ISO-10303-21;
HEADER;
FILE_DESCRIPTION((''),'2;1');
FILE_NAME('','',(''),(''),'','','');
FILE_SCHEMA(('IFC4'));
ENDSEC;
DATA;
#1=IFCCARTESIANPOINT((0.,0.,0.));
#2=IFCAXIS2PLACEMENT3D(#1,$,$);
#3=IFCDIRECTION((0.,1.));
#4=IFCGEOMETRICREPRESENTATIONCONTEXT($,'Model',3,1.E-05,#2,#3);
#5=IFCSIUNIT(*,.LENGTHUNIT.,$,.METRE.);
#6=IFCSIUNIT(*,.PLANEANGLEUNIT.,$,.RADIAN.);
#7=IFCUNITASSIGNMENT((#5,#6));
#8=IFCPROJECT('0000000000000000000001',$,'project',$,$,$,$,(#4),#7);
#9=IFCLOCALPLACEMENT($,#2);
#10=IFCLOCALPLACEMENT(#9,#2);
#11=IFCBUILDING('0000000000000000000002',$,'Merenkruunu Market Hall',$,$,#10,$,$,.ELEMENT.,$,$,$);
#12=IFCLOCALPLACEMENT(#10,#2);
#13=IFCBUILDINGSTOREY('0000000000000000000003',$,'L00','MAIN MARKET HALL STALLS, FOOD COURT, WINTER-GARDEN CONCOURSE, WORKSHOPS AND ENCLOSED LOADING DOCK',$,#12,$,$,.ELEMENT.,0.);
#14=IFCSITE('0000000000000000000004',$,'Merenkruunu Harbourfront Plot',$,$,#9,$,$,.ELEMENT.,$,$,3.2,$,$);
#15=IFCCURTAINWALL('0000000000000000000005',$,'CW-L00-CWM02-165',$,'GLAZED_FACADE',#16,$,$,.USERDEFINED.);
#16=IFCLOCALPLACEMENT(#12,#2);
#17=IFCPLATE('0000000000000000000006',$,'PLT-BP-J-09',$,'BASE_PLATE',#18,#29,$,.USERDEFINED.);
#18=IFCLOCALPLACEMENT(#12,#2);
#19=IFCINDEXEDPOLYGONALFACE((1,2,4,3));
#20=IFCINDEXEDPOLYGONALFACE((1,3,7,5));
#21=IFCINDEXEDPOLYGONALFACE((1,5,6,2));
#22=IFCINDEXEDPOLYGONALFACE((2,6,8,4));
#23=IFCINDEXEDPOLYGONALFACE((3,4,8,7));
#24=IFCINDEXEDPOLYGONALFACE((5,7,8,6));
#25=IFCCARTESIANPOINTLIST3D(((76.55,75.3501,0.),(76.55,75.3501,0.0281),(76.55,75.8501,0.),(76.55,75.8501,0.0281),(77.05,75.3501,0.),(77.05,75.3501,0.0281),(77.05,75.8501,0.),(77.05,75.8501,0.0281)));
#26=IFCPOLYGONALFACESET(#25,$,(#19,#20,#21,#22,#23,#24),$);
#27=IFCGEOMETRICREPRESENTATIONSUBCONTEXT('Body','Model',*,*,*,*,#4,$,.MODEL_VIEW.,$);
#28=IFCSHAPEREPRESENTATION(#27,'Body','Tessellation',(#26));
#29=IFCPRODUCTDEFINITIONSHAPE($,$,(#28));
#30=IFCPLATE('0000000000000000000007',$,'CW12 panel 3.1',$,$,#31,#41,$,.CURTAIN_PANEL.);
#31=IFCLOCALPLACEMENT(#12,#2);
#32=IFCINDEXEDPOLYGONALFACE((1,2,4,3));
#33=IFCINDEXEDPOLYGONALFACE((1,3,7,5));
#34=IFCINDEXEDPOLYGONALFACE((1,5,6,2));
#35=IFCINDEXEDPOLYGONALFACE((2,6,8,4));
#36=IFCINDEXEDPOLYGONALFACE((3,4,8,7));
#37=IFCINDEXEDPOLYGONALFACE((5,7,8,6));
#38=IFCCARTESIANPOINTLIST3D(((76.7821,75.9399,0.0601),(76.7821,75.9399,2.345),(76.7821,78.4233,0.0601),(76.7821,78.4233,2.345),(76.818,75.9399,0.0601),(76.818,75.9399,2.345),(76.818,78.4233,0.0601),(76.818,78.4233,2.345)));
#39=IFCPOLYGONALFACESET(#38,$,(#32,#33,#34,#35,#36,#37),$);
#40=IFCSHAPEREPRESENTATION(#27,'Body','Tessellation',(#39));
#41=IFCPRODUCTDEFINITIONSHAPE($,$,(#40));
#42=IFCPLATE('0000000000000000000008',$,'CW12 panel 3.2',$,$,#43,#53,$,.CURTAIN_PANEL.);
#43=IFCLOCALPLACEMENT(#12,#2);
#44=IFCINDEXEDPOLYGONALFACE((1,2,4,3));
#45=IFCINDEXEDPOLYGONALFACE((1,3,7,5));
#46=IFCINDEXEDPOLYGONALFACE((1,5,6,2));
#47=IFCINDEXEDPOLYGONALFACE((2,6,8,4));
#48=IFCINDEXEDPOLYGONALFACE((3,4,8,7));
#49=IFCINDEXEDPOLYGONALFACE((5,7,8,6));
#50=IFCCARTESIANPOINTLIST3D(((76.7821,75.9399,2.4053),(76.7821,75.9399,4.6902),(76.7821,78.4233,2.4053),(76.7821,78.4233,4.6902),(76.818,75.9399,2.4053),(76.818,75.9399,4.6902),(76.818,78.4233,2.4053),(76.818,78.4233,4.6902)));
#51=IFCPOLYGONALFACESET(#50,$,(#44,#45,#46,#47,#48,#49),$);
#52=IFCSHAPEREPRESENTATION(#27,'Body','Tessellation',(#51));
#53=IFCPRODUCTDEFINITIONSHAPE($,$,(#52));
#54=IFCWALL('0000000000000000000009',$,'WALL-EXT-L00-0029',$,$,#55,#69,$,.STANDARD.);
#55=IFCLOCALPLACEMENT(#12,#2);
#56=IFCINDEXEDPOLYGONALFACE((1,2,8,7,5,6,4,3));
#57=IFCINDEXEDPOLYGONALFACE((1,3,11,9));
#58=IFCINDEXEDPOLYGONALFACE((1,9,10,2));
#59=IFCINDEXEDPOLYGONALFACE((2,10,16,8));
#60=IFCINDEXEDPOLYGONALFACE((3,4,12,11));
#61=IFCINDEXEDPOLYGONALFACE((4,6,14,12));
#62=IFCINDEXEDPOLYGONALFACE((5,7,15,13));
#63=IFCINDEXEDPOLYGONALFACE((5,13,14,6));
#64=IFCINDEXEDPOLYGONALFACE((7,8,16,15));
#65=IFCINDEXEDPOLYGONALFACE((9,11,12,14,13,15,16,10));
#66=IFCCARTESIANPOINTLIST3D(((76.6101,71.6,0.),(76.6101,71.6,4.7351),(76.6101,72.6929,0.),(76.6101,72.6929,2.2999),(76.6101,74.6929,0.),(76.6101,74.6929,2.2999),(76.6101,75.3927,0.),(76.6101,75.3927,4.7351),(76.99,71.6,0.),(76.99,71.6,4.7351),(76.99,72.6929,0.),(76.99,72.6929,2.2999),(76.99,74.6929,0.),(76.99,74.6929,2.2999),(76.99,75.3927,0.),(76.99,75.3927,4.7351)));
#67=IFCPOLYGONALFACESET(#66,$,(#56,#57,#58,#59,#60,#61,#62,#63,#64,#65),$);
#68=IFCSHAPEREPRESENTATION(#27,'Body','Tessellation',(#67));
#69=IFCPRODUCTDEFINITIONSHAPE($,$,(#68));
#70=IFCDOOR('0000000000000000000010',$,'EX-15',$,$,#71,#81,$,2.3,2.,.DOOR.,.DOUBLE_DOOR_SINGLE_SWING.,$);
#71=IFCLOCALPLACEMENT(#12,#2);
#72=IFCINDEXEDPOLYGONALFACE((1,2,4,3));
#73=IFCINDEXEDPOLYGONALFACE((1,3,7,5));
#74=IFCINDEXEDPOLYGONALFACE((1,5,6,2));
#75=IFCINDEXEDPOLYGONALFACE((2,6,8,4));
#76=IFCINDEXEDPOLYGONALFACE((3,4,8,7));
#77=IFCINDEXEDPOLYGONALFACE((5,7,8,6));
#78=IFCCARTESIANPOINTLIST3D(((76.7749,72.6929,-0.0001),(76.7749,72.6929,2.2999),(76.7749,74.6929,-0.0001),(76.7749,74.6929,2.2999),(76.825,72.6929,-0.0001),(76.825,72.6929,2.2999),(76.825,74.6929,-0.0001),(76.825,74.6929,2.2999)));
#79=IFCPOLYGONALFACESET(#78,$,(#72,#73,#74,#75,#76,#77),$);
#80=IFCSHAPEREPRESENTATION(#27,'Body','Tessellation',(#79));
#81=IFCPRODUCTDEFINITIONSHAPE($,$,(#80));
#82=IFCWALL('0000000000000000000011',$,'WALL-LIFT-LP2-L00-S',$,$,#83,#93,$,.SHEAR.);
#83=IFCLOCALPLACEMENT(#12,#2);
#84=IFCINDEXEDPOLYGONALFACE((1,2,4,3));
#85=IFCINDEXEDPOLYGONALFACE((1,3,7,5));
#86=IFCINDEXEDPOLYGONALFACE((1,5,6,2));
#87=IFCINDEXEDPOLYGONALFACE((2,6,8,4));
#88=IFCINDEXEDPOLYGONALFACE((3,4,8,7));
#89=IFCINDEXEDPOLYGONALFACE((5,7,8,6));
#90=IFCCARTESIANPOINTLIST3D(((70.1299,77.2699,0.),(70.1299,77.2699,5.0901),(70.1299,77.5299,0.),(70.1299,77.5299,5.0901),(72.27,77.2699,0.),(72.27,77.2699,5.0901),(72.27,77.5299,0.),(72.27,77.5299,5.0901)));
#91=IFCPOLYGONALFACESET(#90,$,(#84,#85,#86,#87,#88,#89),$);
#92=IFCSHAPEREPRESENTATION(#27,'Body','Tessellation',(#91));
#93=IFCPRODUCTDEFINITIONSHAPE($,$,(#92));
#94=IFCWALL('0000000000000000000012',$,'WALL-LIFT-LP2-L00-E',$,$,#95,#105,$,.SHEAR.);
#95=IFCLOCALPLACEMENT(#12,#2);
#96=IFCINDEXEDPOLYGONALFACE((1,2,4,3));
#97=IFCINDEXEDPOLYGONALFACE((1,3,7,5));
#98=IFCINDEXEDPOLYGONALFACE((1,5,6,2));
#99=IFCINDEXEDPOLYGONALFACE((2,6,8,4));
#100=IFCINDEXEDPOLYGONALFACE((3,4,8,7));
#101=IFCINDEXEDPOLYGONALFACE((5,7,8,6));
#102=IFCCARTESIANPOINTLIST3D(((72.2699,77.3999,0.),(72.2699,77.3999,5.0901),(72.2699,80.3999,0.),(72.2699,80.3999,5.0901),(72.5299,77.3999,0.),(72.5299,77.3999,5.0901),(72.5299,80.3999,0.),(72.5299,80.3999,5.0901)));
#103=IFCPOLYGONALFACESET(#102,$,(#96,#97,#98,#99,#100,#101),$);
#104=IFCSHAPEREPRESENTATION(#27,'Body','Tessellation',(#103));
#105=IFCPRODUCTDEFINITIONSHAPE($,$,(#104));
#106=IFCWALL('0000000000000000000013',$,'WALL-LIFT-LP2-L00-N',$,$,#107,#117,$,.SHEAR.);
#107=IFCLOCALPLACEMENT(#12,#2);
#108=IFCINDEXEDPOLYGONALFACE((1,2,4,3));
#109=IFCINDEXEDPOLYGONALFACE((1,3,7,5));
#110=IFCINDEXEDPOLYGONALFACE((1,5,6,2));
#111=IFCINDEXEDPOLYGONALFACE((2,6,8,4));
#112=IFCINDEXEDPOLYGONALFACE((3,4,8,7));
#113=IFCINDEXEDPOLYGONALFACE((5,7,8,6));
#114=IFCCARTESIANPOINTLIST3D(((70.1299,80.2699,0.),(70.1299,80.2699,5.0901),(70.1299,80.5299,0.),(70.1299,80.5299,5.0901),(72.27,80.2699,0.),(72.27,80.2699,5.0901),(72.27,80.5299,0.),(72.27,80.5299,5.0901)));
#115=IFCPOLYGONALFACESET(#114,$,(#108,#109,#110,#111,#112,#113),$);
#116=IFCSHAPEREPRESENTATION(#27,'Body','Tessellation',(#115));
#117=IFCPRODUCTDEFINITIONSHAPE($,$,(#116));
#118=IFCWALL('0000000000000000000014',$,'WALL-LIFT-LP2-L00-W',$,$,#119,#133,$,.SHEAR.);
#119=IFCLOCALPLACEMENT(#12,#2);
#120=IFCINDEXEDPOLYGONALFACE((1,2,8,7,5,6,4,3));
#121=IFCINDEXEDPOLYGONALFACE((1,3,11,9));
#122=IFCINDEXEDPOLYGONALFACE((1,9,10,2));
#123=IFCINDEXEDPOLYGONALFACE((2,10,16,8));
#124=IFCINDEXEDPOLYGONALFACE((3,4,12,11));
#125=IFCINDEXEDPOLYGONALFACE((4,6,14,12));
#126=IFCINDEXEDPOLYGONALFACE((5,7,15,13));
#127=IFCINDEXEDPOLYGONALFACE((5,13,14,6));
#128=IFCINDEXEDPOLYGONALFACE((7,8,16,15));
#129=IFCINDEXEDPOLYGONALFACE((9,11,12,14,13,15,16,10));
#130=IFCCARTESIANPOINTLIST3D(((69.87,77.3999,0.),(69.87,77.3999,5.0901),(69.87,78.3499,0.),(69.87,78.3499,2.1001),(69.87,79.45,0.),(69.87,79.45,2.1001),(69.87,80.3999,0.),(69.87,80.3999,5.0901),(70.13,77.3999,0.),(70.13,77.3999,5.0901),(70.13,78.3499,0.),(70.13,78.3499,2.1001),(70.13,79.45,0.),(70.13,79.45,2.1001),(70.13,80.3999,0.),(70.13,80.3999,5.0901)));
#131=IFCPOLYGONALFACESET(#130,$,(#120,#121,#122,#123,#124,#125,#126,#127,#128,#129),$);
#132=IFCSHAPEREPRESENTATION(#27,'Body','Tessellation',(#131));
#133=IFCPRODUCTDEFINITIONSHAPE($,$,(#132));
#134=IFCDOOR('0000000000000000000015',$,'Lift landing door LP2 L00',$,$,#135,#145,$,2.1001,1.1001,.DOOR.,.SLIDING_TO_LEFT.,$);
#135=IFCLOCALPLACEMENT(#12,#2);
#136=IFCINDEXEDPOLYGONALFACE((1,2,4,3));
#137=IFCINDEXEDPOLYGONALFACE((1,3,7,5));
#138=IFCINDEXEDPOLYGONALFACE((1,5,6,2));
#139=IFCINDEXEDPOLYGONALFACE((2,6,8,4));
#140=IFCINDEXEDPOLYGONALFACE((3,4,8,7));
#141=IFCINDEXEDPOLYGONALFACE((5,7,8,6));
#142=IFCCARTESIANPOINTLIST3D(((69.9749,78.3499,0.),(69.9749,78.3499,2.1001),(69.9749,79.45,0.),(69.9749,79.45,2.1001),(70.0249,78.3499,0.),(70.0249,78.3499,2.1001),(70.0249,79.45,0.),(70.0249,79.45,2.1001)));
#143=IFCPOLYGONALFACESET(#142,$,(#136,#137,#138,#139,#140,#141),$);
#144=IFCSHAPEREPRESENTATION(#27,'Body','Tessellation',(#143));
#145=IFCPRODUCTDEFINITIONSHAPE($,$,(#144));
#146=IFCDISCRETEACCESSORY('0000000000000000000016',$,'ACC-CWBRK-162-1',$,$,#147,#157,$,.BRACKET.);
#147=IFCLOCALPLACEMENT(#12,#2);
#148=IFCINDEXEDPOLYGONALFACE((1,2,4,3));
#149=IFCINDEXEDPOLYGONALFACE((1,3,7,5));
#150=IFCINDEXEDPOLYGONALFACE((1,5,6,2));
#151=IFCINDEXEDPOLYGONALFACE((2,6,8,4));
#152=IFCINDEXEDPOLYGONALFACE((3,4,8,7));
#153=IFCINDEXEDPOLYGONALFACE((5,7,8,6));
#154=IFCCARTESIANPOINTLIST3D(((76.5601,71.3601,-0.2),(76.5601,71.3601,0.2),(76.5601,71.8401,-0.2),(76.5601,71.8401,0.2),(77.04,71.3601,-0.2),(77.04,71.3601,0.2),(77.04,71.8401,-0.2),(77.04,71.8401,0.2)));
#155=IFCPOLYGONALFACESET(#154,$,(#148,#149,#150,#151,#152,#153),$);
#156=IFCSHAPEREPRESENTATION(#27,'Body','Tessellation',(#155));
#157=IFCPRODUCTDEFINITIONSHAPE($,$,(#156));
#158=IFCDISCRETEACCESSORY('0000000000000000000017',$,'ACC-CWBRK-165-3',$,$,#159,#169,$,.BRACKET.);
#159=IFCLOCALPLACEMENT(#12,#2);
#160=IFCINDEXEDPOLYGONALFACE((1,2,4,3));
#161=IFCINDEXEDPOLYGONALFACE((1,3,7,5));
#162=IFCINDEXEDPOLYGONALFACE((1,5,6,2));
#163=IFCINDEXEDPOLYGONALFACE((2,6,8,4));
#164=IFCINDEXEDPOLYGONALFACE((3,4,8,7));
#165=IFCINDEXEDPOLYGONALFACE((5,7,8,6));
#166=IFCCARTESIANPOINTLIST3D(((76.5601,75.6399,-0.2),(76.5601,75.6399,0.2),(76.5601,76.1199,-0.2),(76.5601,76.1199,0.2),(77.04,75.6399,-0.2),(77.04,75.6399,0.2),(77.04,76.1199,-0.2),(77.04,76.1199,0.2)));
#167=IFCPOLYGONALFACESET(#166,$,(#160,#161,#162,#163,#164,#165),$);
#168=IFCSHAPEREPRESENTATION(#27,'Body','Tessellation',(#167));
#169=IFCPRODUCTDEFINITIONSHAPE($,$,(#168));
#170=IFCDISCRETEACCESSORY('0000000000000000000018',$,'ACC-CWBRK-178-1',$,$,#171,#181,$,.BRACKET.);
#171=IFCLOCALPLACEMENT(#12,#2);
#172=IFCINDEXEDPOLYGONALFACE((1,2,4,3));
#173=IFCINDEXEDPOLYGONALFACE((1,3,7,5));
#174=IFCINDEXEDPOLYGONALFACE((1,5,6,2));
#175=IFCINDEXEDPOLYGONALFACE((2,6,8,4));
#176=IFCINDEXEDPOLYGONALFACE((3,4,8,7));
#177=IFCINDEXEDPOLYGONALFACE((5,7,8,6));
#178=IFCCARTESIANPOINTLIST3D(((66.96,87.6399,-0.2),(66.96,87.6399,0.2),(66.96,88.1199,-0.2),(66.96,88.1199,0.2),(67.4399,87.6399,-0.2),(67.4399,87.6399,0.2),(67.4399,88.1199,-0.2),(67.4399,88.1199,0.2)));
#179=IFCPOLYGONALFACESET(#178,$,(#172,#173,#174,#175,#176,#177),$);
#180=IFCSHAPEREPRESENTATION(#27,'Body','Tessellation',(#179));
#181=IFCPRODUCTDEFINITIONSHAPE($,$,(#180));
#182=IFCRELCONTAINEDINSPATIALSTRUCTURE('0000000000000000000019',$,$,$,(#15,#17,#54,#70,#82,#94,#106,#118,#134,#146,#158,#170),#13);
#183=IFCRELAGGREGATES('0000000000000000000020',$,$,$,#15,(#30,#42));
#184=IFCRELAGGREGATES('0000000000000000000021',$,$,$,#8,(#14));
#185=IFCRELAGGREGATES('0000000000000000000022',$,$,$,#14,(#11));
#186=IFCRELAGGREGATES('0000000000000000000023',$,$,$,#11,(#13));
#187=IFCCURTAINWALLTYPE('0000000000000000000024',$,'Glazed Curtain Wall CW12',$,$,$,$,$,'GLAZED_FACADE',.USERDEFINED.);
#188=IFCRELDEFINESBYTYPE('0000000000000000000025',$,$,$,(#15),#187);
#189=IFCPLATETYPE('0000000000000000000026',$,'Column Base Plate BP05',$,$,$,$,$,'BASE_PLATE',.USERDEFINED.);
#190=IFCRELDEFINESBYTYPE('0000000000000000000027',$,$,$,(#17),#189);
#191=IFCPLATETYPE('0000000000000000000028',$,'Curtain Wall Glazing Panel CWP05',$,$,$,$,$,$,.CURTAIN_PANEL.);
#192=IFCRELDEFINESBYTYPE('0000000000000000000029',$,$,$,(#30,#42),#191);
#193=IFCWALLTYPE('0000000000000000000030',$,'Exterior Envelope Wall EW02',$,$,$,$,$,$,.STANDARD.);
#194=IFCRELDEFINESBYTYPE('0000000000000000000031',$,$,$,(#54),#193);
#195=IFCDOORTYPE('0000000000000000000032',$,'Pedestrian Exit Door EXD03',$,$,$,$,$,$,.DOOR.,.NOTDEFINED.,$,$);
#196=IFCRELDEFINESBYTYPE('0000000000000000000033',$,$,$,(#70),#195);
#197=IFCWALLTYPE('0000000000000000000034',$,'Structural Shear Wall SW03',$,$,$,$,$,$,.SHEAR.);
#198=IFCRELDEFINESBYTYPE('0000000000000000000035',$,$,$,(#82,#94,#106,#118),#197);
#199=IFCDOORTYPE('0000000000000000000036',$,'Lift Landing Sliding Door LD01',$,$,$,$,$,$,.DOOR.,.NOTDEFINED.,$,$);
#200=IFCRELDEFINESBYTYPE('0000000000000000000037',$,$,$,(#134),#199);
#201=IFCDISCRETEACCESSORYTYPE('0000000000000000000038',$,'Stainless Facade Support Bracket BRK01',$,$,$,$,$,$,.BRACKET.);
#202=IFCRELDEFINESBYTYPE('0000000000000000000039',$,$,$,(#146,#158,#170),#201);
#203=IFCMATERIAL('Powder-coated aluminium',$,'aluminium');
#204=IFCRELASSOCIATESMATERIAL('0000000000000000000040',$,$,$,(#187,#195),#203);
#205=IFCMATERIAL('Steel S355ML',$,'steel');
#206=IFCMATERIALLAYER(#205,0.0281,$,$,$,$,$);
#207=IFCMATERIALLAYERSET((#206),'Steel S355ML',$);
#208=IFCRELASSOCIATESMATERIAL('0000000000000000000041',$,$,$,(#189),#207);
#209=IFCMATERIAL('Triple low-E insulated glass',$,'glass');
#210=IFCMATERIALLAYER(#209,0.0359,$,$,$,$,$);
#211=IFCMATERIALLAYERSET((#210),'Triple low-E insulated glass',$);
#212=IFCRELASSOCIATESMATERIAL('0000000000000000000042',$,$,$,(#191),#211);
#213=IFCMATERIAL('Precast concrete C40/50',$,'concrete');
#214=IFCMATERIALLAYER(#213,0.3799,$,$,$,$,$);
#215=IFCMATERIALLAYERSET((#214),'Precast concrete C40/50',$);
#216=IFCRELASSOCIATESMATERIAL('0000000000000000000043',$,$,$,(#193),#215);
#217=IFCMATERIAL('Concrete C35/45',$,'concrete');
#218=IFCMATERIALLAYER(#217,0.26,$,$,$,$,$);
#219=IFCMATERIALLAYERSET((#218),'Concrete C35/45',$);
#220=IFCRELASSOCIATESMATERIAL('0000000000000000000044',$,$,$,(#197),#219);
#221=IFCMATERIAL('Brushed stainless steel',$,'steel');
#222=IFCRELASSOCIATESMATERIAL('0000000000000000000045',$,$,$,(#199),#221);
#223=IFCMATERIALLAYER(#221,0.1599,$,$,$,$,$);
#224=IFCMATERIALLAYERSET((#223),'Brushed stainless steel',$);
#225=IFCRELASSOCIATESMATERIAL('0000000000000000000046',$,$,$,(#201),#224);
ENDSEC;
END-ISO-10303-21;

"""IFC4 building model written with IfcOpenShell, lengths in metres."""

from ifc_helpers import new_model, si_unit, direction, frame, frame_2d, origin, origin_2d, place, context, subcontext, project, spatial, rectangle, extrude, material, layer, layer_set, type_object, element, fill, aggregate, save


model = new_model("IFC4")

# Units and contexts
model_context = context("Model", 3, precision=1e-05, world=origin(), true_north=direction((0.0, 1.0)))
body_context = subcontext(model_context, "Body", "Model", "MODEL_VIEW")
ifc_project = project(units=[si_unit("LENGTHUNIT", "METRE"), si_unit("PLANEANGLEUNIT", "RADIAN")], contexts=[model_context])

# Site, building, storey
site_placement = place(None, origin())
site = spatial("IfcSite", under=ifc_project, at=site_placement, Name="Merenkruunu Harbourfront Plot", CompositionType="ELEMENT", RefElevation=3.2)
building_placement = place(site_placement, origin())
building = spatial("IfcBuilding", under=site, at=building_placement, Name="Merenkruunu Market Hall", CompositionType="ELEMENT")
storey_placement = place(building_placement, origin())
storey = spatial("IfcBuildingStorey", under=building, at=storey_placement, Name="L00", Description="MAIN MARKET HALL STALLS, FOOD COURT, WINTER-GARDEN CONCOURSE, WORKSHOPS AND ENCLOSED LOADING DOCK", CompositionType="ELEMENT", Elevation=0.0)

# Shared definitions
ifc_material_1 = material(Name="Steel S355ML", Category="steel")

# Curtain wall
ifc_material_2 = material(Name="Powder-coated aluminium", Category="aluminium")
curtain_wall_type = type_object("IfcCurtainWallType", Name="Glazed Curtain Wall CW12", ElementType="GLAZED_FACADE", PredefinedType="USERDEFINED", material=ifc_material_2)
curtain_wall_1_placement = place(storey_placement, origin())
curtain_wall_1 = element("IfcCurtainWall", 1, at=curtain_wall_1_placement, inside=storey, type_object=curtain_wall_type, Name="CW-L00-CWM02-165", ObjectType="GLAZED_FACADE", PredefinedType="USERDEFINED")

# Plates
ifc_layer_1 = layer(ifc_material_1, 0.0281)
ifc_layer_set_1 = layer_set([ifc_layer_1], Name="Steel S355ML")
plate_type_1 = type_object("IfcPlateType", Name="Column Base Plate BP05", ElementType="BASE_PLATE", PredefinedType="USERDEFINED", material=ifc_layer_set_1)
plate_1_placement = place(storey_placement, frame((76.8, 75.6001, 0.0), z_axis=(0.0, 0.0, 1.0), x_axis=(1.0, 0.0, 0.0)))
element("IfcPlate", 2, at=plate_1_placement, inside=storey, type_object=plate_type_1, Name="PLT-BP-J-09", ObjectType="BASE_PLATE", PredefinedType="USERDEFINED", context=body_context, shape_type="SweptSolid", body=[
    extrude(rectangle(XDim=0.5, YDim=0.5, at=origin_2d()), origin(), (0.0, 0.0, 1.0), 0.0281),
])
ifc_material_3 = material(Name="Triple low-E insulated glass", Category="glass")
ifc_layer_2 = layer(ifc_material_3, 0.0359)
ifc_layer_set_2 = layer_set([ifc_layer_2], Name="Triple low-E insulated glass")
plate_type_2 = type_object("IfcPlateType", Name="Curtain Wall Glazing Panel CWP05", PredefinedType="CURTAIN_PANEL", material=ifc_layer_set_2)
plate_2_placement = place(storey_placement, frame((76.8, 77.1816, 0.0601), z_axis=(0.0, 0.0, 1.0), x_axis=(0.0, -1.0, 0.0)))
plate_2 = element("IfcPlate", 3, at=plate_2_placement, type_object=plate_type_2, Name="CW12 panel 3.1", PredefinedType="CURTAIN_PANEL", context=body_context, shape_type="SweptSolid", body=[
    extrude(rectangle(XDim=2.4834, YDim=0.0359, at=origin_2d()), origin(), (0.0, 0.0, 1.0), 2.2849),
])
plate_3_placement = place(storey_placement, frame((76.8, 77.1816, 2.4053), z_axis=(0.0, 0.0, 1.0), x_axis=(0.0, -1.0, 0.0)))
plate_3 = element("IfcPlate", 4, at=plate_3_placement, type_object=plate_type_2, Name="CW12 panel 3.2", PredefinedType="CURTAIN_PANEL", context=body_context, shape_type="SweptSolid", body=[
    extrude(rectangle(XDim=2.4834, YDim=0.0359, at=origin_2d()), origin(), (0.0, 0.0, 1.0), 2.2849),
])
aggregate(curtain_wall_1, [plate_2, plate_3])

# Wall, opening, door
ifc_material_4 = material(Name="Precast concrete C40/50", Category="concrete")
ifc_layer_3 = layer(ifc_material_4, 0.3799)
ifc_layer_set_3 = layer_set([ifc_layer_3], Name="Precast concrete C40/50")
wall_type_1 = type_object("IfcWallType", Name="Exterior Envelope Wall EW02", PredefinedType="STANDARD", material=ifc_layer_set_3)
wall_1_placement = place(storey_placement, frame((76.8, 75.3928, 0.0), z_axis=(0.0, 0.0, 1.0), x_axis=(0.0, -1.0, 0.0)))
wall_1 = element("IfcWall", 5, at=wall_1_placement, inside=storey, type_object=wall_type_1, Name="WALL-EXT-L00-0029", PredefinedType="STANDARD", context=body_context, shape_type="SweptSolid", body=[
    extrude(rectangle(XDim=3.7927, YDim=0.3799, at=frame_2d((1.8965, 0.0))), origin(), (0.0, 0.0, 1.0), 4.7351),
])
opening_1_placement = place(wall_1_placement, frame((0.7, 0.0, 0.0)))
opening_1 = element("IfcOpeningElement", 6, at=opening_1_placement, cuts=wall_1, PredefinedType="OPENING", context=body_context, shape_type="SweptSolid", body=[
    extrude(rectangle(XDim=2.0, YDim=2.3, at=frame_2d((1.0, 1.1499))), frame((0.0, 0.2, 0.0), z_axis=(0.0, -1.0, 0.0), x_axis=(1.0, 0.0, 0.0)), (0.0, 0.0, 1.0), 0.3999),
])
door_type_1 = type_object("IfcDoorType", Name="Pedestrian Exit Door EXD03", OperationType="NOTDEFINED", PredefinedType="DOOR", material=ifc_material_2)
door_1_placement = place(opening_1_placement, origin())
door_1 = element("IfcDoor", 7, at=door_1_placement, inside=storey, type_object=door_type_1, Name="EX-15", OperationType="DOUBLE_DOOR_SINGLE_SWING", OverallHeight=2.3, OverallWidth=2.0, PredefinedType="DOOR", context=body_context, shape_type="SweptSolid", body=[
    extrude(rectangle(XDim=2.0, YDim=2.3, at=frame_2d((1.0, 1.1499))), frame((0.0, 0.0249, 0.0), z_axis=(0.0, -1.0, 0.0), x_axis=(1.0, 0.0, 0.0)), (0.0, 0.0, 1.0), 0.05),
])
fill(opening_1, door_1)

# Walls
ifc_material_5 = material(Name="Concrete C35/45", Category="concrete")
ifc_layer_4 = layer(ifc_material_5, 0.26)
ifc_layer_set_4 = layer_set([ifc_layer_4], Name="Concrete C35/45")
wall_type_2 = type_object("IfcWallType", Name="Structural Shear Wall SW03", PredefinedType="SHEAR", material=ifc_layer_set_4)
wall_2_placement = place(storey_placement, frame((70.1299, 77.3999, 0.0), z_axis=(0.0, 0.0, 1.0), x_axis=(1.0, 0.0, 0.0)))
element("IfcWall", 8, at=wall_2_placement, inside=storey, type_object=wall_type_2, Name="WALL-LIFT-LP2-L00-S", PredefinedType="SHEAR", context=body_context, shape_type="SweptSolid", body=[
    extrude(rectangle(XDim=2.1401, YDim=0.26, at=frame_2d((1.0701, 0.0))), origin(), (0.0, 0.0, 1.0), 5.0901),
])
wall_3_placement = place(storey_placement, frame((72.3999, 77.3999, 0.0), z_axis=(0.0, 0.0, 1.0), x_axis=(0.0, 1.0, 0.0)))
element("IfcWall", 9, at=wall_3_placement, inside=storey, type_object=wall_type_2, Name="WALL-LIFT-LP2-L00-E", PredefinedType="SHEAR", context=body_context, shape_type="SweptSolid", body=[
    extrude(rectangle(XDim=3.0, YDim=0.26, at=frame_2d((1.5, 0.0))), origin(), (0.0, 0.0, 1.0), 5.0901),
])
wall_4_placement = place(storey_placement, frame((72.27, 80.3999, 0.0), z_axis=(0.0, 0.0, 1.0), x_axis=(-1.0, 0.0, 0.0)))
element("IfcWall", 10, at=wall_4_placement, inside=storey, type_object=wall_type_2, Name="WALL-LIFT-LP2-L00-N", PredefinedType="SHEAR", context=body_context, shape_type="SweptSolid", body=[
    extrude(rectangle(XDim=2.1401, YDim=0.26, at=frame_2d((1.0701, 0.0))), origin(), (0.0, 0.0, 1.0), 5.0901),
])

# Wall, opening, door
wall_5_placement = place(storey_placement, frame((70.0, 80.3999, 0.0), z_axis=(0.0, 0.0, 1.0), x_axis=(0.0, -1.0, 0.0)))
wall_5 = element("IfcWall", 11, at=wall_5_placement, inside=storey, type_object=wall_type_2, Name="WALL-LIFT-LP2-L00-W", PredefinedType="SHEAR", context=body_context, shape_type="SweptSolid", body=[
    extrude(rectangle(XDim=3.0, YDim=0.26, at=frame_2d((1.5, 0.0))), origin(), (0.0, 0.0, 1.0), 5.0901),
])
opening_2_placement = place(wall_5_placement, frame((0.95, 0.0, 0.0)))
opening_2 = element("IfcOpeningElement", 12, at=opening_2_placement, cuts=wall_5, PredefinedType="OPENING", context=body_context, shape_type="SweptSolid", body=[
    extrude(rectangle(XDim=1.1001, YDim=2.1001, at=frame_2d((0.55, 1.05))), frame((0.0, 0.1401, 0.0), z_axis=(0.0, -1.0, 0.0), x_axis=(1.0, 0.0, 0.0)), (0.0, 0.0, 1.0), 0.28),
])
ifc_material_6 = material(Name="Brushed stainless steel", Category="steel")
door_type_2 = type_object("IfcDoorType", Name="Lift Landing Sliding Door LD01", OperationType="NOTDEFINED", PredefinedType="DOOR", material=ifc_material_6)
door_2_placement = place(opening_2_placement, origin())
door_2 = element("IfcDoor", 13, at=door_2_placement, inside=storey, type_object=door_type_2, Name="Lift landing door LP2 L00", OperationType="SLIDING_TO_LEFT", OverallHeight=2.1001, OverallWidth=1.1001, PredefinedType="DOOR", context=body_context, shape_type="SweptSolid", body=[
    extrude(rectangle(XDim=1.1001, YDim=2.1001, at=frame_2d((0.55, 1.05))), frame((0.0, 0.0249, 0.0), z_axis=(0.0, -1.0, 0.0), x_axis=(1.0, 0.0, 0.0)), (0.0, 0.0, 1.0), 0.05),
])
fill(opening_2, door_2)

# Discrete accessories
ifc_layer_5 = layer(ifc_material_6, 0.1599)
ifc_layer_set_5 = layer_set([ifc_layer_5], Name="Brushed stainless steel")
discrete_accessory_type = type_object("IfcDiscreteAccessoryType", Name="Stainless Facade Support Bracket BRK01", PredefinedType="BRACKET", material=ifc_layer_set_5)
for number, where, z_axis, x_axis, name in (
    (14, (76.8, 71.6001, -0.2), (0.0, 0.0, 1.0), (1.0, 0.0, 0.0), "ACC-CWBRK-162-1"),
    (15, (76.8, 75.8799, -0.2), (0.0, 0.0, 1.0), (1.0, 0.0, 0.0), "ACC-CWBRK-165-3"),
    (16, (67.2, 87.8799, -0.2), (0.0, 0.0, 1.0), (1.0, 0.0, 0.0), "ACC-CWBRK-178-1"),
):
    element("IfcDiscreteAccessory", number, at=place(storey_placement, frame(where, z_axis=z_axis, x_axis=x_axis)), inside=storey, type_object=discrete_accessory_type, Name=name, PredefinedType="BRACKET", context=body_context, shape_type="SweptSolid", body=[
        extrude(rectangle(XDim=0.48, YDim=0.48, at=origin_2d()), origin(), (0.0, 0.0, 1.0), 0.3999),
    ])

save(model, "model.ifc")
